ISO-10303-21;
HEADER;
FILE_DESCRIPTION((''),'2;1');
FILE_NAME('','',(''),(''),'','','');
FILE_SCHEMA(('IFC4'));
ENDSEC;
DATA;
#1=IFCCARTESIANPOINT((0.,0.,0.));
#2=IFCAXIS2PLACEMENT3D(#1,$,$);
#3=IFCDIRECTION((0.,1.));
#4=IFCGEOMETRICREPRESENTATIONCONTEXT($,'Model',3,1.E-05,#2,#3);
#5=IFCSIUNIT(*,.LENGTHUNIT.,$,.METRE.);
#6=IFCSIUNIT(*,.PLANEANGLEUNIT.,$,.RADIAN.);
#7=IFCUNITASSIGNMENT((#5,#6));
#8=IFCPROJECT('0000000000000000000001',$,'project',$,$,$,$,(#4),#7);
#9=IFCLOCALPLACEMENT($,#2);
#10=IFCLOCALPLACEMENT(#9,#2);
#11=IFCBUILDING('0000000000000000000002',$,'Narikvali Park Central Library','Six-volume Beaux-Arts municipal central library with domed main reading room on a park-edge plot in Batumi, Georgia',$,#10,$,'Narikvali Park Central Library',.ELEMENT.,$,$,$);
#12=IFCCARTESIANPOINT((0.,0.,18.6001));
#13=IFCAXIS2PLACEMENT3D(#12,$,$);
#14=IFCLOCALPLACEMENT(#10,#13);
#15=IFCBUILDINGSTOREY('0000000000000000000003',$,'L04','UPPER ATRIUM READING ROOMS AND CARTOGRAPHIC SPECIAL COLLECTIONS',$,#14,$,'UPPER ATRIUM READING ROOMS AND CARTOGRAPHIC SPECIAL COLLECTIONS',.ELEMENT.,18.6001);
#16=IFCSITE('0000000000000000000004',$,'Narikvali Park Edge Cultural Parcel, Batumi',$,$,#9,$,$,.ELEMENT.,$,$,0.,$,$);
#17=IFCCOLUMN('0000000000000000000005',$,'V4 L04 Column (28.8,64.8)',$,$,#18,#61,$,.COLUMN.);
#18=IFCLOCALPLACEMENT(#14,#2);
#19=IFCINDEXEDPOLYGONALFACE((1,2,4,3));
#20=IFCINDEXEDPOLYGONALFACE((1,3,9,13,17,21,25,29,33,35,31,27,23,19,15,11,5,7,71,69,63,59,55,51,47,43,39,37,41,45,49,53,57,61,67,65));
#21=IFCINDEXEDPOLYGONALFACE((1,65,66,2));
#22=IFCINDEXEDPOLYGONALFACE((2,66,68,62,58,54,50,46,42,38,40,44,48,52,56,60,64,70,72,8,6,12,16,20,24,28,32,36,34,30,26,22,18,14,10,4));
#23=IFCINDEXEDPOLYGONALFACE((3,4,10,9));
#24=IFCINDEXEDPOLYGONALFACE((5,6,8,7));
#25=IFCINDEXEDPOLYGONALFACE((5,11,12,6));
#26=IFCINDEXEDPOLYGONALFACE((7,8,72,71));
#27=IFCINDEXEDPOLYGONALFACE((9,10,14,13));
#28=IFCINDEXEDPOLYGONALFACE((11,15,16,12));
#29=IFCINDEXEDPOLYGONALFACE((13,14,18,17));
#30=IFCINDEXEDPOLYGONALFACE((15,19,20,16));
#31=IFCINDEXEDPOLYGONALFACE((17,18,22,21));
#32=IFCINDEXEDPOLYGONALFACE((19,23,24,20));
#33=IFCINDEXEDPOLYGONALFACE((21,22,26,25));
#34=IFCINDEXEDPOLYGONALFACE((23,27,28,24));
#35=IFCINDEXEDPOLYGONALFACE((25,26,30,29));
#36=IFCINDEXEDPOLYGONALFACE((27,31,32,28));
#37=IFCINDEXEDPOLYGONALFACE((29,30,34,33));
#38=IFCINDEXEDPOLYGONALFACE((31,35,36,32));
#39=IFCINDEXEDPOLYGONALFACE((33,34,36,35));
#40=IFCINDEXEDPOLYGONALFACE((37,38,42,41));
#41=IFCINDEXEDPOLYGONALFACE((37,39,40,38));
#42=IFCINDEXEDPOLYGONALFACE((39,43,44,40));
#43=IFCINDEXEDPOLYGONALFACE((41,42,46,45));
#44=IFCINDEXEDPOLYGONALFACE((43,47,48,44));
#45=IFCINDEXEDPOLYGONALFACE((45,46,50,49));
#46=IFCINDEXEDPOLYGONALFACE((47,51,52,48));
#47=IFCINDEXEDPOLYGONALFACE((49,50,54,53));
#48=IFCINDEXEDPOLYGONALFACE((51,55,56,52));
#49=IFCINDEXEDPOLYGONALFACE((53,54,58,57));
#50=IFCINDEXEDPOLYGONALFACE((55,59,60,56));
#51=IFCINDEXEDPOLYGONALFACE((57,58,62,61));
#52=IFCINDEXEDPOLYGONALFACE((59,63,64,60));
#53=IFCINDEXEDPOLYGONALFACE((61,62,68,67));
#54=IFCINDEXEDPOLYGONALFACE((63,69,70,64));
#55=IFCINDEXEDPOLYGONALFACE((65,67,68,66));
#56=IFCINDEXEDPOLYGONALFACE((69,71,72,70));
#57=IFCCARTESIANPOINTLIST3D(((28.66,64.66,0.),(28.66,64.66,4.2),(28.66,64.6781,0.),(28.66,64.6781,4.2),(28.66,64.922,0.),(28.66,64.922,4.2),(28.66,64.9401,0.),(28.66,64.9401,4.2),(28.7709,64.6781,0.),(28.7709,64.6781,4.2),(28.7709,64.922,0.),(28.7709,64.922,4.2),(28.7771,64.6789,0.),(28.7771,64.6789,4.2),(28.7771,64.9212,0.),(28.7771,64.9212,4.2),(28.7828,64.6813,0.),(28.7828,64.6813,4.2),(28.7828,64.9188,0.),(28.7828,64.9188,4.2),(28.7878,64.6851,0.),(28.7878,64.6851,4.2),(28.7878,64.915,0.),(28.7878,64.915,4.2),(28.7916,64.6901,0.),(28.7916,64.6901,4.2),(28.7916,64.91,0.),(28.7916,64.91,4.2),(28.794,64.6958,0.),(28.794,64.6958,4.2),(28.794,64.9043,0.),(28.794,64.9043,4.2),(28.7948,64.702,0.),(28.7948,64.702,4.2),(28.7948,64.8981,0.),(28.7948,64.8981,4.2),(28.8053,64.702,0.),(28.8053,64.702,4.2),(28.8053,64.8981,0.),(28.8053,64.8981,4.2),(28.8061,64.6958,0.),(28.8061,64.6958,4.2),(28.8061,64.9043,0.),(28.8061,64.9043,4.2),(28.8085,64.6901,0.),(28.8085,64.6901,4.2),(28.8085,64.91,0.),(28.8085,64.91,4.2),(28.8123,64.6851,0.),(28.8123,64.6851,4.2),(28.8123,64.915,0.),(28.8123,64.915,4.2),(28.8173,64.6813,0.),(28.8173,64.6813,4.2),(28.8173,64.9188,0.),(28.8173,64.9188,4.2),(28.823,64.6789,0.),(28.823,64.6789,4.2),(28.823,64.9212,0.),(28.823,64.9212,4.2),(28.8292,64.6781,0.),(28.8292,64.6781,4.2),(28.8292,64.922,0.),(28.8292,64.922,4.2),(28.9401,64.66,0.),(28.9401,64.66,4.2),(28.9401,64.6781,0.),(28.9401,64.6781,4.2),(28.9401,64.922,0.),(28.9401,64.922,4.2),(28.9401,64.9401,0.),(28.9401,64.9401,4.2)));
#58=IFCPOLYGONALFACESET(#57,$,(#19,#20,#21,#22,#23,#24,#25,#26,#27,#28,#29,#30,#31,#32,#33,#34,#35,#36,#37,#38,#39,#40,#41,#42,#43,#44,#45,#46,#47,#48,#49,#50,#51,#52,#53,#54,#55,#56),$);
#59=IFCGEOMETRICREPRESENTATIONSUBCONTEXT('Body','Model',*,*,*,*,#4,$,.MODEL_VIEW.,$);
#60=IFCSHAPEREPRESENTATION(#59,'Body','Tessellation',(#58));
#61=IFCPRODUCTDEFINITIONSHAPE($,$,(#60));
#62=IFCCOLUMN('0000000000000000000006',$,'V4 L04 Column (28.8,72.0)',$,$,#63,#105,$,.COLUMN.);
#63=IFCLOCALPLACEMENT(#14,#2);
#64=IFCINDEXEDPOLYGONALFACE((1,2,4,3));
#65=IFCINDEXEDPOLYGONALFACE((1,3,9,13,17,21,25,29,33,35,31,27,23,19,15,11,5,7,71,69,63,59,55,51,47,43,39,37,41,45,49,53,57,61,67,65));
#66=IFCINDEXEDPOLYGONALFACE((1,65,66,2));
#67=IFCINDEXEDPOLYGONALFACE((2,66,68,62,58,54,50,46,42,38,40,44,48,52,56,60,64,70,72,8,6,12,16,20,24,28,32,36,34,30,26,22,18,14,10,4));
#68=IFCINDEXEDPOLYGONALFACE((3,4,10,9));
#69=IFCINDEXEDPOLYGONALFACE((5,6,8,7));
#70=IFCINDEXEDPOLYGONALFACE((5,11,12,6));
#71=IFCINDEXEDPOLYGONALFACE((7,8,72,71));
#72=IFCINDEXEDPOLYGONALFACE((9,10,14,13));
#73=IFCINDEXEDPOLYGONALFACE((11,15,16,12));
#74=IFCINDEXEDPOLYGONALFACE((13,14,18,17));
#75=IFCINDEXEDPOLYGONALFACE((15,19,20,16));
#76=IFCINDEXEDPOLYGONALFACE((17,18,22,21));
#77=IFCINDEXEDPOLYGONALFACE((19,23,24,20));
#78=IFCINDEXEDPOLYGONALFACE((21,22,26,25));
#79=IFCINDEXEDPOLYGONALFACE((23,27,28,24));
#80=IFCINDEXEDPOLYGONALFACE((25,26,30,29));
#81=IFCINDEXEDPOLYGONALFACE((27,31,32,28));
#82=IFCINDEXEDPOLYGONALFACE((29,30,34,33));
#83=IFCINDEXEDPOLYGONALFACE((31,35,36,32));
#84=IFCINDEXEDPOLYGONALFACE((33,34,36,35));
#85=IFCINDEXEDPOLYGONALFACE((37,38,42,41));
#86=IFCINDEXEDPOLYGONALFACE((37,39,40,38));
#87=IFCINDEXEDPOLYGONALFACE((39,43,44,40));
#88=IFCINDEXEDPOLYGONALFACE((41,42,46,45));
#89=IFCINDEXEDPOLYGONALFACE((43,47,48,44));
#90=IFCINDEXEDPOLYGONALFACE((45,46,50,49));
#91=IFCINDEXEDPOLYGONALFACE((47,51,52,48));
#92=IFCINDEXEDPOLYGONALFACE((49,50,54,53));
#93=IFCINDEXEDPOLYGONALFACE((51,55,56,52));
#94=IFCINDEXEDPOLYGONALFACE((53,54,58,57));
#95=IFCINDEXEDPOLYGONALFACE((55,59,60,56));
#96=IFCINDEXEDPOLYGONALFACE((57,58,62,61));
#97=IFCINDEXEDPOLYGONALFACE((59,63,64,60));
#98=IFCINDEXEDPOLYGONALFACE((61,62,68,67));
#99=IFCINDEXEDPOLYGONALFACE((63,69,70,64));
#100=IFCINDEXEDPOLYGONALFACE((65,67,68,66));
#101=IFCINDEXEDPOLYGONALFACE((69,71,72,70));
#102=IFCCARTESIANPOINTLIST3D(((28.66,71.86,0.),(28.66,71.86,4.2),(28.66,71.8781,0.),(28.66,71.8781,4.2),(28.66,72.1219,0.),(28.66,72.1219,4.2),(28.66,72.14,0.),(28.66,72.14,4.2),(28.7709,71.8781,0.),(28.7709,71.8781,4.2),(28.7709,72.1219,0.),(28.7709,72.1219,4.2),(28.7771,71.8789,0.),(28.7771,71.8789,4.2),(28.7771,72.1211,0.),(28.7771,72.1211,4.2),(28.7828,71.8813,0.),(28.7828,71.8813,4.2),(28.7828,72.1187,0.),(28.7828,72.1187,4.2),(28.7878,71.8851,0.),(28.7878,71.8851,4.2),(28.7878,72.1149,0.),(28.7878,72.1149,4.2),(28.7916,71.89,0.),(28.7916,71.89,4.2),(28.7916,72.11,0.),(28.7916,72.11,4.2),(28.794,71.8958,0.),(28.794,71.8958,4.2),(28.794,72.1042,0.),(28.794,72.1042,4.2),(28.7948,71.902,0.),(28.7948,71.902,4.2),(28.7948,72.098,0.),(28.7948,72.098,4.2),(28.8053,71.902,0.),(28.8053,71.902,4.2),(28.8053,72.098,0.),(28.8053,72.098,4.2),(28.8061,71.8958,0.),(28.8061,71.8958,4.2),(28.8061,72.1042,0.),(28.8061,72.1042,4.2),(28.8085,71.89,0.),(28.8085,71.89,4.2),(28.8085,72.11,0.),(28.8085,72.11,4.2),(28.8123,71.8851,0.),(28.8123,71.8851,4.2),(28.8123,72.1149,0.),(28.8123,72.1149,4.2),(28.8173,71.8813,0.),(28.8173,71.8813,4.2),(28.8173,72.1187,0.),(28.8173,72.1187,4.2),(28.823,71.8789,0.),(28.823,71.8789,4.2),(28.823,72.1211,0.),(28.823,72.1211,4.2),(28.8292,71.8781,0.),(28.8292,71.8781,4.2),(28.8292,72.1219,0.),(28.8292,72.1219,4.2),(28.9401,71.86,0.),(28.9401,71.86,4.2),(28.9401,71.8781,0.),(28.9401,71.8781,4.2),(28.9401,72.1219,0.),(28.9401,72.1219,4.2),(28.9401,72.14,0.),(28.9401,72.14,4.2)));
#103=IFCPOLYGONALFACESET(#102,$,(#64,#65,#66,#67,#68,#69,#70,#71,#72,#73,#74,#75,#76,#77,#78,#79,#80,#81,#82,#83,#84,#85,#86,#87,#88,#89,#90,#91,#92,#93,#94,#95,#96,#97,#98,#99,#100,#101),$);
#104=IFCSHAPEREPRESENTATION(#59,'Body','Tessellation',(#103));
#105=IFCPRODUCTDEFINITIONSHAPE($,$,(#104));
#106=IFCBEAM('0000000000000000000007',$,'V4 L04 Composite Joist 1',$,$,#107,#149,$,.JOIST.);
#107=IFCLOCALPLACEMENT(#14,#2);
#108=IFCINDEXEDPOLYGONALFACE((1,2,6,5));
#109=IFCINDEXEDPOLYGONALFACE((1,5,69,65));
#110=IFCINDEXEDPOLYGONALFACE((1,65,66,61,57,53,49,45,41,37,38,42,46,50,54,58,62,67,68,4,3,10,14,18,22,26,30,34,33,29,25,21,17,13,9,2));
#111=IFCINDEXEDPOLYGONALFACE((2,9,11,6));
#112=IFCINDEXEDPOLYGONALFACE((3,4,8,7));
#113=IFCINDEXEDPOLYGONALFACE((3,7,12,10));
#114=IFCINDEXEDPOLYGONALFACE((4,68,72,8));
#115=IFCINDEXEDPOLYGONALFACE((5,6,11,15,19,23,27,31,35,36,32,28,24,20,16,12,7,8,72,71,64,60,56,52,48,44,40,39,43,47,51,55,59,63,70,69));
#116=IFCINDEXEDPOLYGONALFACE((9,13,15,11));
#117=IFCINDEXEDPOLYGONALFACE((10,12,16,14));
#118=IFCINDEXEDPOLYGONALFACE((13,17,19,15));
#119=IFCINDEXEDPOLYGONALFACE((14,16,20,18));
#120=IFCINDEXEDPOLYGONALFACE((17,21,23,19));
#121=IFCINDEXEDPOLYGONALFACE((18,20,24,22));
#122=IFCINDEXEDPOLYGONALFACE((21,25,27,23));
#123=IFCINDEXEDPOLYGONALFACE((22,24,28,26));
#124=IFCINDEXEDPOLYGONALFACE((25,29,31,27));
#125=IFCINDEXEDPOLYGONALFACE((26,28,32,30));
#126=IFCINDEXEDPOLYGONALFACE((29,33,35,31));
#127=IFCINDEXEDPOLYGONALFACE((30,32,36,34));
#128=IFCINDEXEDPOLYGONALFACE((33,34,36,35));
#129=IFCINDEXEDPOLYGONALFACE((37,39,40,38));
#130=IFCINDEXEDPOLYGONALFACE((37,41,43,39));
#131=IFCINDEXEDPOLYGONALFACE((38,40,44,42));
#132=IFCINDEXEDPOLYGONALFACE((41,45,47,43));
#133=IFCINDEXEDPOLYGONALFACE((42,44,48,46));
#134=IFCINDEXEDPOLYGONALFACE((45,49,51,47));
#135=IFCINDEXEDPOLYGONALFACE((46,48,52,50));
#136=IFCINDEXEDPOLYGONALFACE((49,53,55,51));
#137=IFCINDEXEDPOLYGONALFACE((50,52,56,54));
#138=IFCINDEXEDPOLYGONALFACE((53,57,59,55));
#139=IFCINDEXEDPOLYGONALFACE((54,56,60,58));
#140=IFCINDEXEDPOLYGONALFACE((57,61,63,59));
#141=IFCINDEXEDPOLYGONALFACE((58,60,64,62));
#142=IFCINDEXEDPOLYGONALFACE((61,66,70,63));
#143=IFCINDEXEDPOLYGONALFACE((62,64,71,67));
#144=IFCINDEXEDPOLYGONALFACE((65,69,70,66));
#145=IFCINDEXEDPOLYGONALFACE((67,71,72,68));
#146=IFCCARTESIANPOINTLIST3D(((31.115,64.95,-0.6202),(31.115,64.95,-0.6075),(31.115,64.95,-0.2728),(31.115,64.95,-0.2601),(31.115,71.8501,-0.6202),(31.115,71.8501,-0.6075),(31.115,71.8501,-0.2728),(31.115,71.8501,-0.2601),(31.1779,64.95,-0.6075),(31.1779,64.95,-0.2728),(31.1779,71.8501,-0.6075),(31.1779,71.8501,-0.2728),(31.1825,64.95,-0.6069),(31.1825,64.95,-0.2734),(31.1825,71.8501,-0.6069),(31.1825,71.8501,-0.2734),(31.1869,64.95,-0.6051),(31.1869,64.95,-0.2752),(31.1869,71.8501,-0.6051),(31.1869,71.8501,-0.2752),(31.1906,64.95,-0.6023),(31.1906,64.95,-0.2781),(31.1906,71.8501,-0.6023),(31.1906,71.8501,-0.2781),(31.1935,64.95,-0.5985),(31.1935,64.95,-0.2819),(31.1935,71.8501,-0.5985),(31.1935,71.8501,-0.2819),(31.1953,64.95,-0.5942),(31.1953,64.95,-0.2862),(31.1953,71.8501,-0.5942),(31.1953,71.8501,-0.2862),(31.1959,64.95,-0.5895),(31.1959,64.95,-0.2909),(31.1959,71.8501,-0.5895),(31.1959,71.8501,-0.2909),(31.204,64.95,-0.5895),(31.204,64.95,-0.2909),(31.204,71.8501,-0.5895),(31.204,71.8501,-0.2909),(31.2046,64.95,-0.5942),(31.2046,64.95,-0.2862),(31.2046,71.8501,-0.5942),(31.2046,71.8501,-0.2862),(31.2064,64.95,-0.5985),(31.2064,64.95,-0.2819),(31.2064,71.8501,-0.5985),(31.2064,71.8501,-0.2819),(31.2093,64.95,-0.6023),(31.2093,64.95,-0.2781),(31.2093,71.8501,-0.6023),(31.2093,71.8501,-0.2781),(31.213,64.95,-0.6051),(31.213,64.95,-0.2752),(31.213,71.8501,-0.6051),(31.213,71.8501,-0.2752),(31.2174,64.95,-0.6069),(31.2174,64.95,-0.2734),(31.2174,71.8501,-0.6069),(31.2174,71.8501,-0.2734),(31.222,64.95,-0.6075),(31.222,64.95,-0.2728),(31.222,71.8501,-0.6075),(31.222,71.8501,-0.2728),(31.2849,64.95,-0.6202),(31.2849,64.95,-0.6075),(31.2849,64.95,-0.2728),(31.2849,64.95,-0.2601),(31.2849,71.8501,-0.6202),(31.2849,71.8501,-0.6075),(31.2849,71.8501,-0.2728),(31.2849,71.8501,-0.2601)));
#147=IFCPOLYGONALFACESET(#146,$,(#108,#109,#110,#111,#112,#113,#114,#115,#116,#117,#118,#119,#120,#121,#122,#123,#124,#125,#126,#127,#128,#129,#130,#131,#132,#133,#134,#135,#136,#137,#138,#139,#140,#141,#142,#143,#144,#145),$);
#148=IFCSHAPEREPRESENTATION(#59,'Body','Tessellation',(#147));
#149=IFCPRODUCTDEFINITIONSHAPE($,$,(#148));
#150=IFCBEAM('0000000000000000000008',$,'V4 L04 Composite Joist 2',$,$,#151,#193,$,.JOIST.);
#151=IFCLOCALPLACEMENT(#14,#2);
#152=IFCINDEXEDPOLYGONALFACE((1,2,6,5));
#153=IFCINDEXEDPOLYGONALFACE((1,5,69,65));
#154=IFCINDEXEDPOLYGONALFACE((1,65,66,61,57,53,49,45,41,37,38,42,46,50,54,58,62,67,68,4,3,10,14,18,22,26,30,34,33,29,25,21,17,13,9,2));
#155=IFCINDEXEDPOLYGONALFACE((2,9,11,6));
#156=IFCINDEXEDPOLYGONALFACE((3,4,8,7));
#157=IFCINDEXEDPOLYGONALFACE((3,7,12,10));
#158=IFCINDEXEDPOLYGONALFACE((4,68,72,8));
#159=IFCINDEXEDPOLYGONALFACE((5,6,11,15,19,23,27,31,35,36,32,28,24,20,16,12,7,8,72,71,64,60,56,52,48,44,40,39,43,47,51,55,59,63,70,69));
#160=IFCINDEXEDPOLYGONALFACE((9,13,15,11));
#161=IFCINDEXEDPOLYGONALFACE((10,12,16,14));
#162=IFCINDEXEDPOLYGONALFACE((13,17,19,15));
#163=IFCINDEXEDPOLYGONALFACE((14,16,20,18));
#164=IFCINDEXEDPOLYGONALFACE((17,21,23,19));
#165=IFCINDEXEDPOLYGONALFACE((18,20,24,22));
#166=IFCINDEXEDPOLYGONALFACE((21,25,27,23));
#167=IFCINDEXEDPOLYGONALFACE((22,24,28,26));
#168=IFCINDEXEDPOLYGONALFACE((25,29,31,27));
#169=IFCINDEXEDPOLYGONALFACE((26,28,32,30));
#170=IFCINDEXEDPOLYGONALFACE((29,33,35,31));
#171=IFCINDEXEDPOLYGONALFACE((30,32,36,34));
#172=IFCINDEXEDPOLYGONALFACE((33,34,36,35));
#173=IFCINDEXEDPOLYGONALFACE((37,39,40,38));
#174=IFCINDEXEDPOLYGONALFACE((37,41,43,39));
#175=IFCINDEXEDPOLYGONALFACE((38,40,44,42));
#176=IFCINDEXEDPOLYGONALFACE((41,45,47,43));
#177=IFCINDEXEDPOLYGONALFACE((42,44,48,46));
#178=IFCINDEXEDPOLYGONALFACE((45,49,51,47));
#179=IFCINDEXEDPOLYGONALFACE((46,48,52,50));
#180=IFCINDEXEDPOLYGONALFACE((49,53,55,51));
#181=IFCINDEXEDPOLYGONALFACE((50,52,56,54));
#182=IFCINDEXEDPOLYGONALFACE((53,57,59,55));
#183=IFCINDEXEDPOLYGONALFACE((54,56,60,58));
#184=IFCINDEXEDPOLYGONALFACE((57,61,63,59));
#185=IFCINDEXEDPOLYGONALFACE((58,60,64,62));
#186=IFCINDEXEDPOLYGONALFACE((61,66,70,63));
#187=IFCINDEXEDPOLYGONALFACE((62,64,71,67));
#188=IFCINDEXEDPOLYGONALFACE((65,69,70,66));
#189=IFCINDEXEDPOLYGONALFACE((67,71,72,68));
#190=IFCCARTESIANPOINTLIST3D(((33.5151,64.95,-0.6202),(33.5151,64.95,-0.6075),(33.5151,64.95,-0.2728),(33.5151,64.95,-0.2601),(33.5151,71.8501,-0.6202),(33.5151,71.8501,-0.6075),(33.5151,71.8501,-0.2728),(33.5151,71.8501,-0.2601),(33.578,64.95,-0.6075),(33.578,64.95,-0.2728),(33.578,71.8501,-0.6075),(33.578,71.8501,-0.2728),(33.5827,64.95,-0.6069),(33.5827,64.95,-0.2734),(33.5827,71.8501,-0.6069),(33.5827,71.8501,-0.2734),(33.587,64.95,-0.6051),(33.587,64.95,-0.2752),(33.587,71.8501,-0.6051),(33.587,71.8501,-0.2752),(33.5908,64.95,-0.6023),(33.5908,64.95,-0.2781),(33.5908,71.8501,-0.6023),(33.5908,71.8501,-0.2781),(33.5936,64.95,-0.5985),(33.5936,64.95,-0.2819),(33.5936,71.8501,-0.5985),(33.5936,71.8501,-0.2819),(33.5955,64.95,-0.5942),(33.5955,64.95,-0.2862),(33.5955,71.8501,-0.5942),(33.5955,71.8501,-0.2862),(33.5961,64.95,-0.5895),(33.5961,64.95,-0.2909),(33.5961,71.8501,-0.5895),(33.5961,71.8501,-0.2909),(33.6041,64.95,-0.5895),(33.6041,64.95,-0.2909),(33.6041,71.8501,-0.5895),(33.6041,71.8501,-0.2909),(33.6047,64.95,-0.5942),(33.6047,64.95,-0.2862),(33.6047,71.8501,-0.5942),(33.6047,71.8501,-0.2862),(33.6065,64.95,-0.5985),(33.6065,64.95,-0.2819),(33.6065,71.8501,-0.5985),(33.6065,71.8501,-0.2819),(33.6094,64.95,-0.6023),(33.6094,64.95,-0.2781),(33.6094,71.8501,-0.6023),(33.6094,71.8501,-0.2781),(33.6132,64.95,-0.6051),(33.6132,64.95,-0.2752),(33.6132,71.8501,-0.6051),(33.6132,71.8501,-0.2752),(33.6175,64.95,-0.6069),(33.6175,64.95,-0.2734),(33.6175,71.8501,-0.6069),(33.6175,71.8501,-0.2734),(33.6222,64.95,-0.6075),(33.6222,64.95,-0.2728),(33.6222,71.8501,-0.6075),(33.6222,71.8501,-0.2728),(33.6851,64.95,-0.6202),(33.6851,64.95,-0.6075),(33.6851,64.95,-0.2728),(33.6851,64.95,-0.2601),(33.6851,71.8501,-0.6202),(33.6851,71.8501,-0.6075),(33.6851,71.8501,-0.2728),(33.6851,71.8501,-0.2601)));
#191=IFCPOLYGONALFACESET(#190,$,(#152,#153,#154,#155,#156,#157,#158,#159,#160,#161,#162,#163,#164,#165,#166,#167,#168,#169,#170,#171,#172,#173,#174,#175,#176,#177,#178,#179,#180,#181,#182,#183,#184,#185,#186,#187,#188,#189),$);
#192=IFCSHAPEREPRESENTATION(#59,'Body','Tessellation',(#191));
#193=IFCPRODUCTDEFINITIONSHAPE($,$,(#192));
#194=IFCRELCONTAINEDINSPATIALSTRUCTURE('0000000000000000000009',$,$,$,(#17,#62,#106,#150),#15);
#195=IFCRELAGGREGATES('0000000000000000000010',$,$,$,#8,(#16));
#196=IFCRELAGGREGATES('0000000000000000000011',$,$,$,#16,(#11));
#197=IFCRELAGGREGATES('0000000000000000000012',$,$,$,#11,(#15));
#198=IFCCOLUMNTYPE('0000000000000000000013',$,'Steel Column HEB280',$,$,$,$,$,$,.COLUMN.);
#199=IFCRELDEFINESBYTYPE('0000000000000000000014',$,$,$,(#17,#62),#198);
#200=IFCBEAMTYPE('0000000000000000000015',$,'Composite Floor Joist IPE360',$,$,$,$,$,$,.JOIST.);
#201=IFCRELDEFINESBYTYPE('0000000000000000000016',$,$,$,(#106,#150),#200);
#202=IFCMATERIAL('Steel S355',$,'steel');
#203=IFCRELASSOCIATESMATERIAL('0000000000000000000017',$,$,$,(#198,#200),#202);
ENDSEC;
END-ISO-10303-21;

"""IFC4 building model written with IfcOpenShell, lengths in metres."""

from ifc_helpers import new_model, si_unit, direction, frame, origin, origin_2d, place, context, subcontext, project, spatial, i_section, extrude, material, material_profile, profile_set, type_object, element, save


model = new_model("IFC4")

# Units and contexts
model_context = context("Model", 3, precision=1e-05, world=origin(), true_north=direction((0.0, 1.0)))
body_context = subcontext(model_context, "Body", "Model", "MODEL_VIEW")
ifc_project = project(units=[si_unit("LENGTHUNIT", "METRE"), si_unit("PLANEANGLEUNIT", "RADIAN")], contexts=[model_context])

# Site, building, storey
site_placement = place(None, origin())
site = spatial("IfcSite", under=ifc_project, at=site_placement, Name="Narikvali Park Edge Cultural Parcel, Batumi", CompositionType="ELEMENT", RefElevation=0.0)
building_placement = place(site_placement, origin())
building = spatial("IfcBuilding", under=site, at=building_placement, Name="Narikvali Park Central Library", Description="Six-volume Beaux-Arts municipal central library with domed main reading room on a park-edge plot in Batumi, Georgia", LongName="Narikvali Park Central Library", CompositionType="ELEMENT")
storey_placement = place(building_placement, frame((0.0, 0.0, 18.6001)))
storey = spatial("IfcBuildingStorey", under=building, at=storey_placement, Name="L04", Description="UPPER ATRIUM READING ROOMS AND CARTOGRAPHIC SPECIAL COLLECTIONS", LongName="UPPER ATRIUM READING ROOMS AND CARTOGRAPHIC SPECIAL COLLECTIONS", CompositionType="ELEMENT", Elevation=18.6001)

# Columns
ifc_material_1 = material(Name="Steel S355", Category="steel")
ifc_material_profile_1 = material_profile(ifc_material_1, i_section(OverallWidth=0.28, OverallDepth=0.28, WebThickness=0.0105, FlangeThickness=0.0181, FilletRadius=0.0239, at=origin_2d()), Name="HEB 280")
ifc_profile_set_1 = profile_set([ifc_material_profile_1], Name="Steel S355")
column_type = type_object("IfcColumnType", Name="Steel Column HEB280", PredefinedType="COLUMN", material=ifc_profile_set_1)
for number, where, z_axis, x_axis, name in (
    (1, (28.8, 64.8, 0.0), (0.0, 0.0, 1.0), (1.0, 0.0, 0.0), "V4 L04 Column (28.8,64.8)"),
    (2, (28.8, 72.0, 0.0), (0.0, 0.0, 1.0), (1.0, 0.0, 0.0), "V4 L04 Column (28.8,72.0)"),
):
    element("IfcColumn", number, at=place(storey_placement, frame(where, z_axis=z_axis, x_axis=x_axis)), inside=storey, type_object=column_type, Name=name, PredefinedType="COLUMN", context=body_context, shape_type="SweptSolid", body=[
        extrude(i_section(OverallWidth=0.28, OverallDepth=0.28, WebThickness=0.0105, FlangeThickness=0.0181, FilletRadius=0.0239, at=origin_2d()), origin(), (0.0, 0.0, 1.0), 4.2),
    ])

# Beams
ifc_material_profile_2 = material_profile(ifc_material_1, i_section(OverallWidth=0.1699, OverallDepth=0.3601, WebThickness=0.0081, FlangeThickness=0.0127, FilletRadius=0.0181, at=origin_2d()), Name="IPE 360")
ifc_profile_set_2 = profile_set([ifc_material_profile_2], Name="Steel S355")
beam_type_1 = type_object("IfcBeamType", Name="Composite Floor Joist IPE360", PredefinedType="JOIST", material=ifc_profile_set_2)
for number, where, z_axis, x_axis, name in (
    (3, (31.2, 64.95, -0.4402), (0.0, 1.0, 0.0), (-1.0, 0.0, 0.0), "V4 L04 Composite Joist 1"),
    (4, (33.6001, 64.95, -0.4402), (0.0, 1.0, 0.0), (-1.0, 0.0, 0.0), "V4 L04 Composite Joist 2"),
):
    element("IfcBeam", number, at=place(storey_placement, frame(where, z_axis=z_axis, x_axis=x_axis)), inside=storey, type_object=beam_type_1, Name=name, PredefinedType="JOIST", context=body_context, shape_type="SweptSolid", body=[
        extrude(i_section(OverallWidth=0.1699, OverallDepth=0.3601, WebThickness=0.0081, FlangeThickness=0.0127, FilletRadius=0.0181, at=origin_2d()), origin(), (0.0, 0.0, 1.0), 6.9001),
    ])

save(model, "model.ifc")
